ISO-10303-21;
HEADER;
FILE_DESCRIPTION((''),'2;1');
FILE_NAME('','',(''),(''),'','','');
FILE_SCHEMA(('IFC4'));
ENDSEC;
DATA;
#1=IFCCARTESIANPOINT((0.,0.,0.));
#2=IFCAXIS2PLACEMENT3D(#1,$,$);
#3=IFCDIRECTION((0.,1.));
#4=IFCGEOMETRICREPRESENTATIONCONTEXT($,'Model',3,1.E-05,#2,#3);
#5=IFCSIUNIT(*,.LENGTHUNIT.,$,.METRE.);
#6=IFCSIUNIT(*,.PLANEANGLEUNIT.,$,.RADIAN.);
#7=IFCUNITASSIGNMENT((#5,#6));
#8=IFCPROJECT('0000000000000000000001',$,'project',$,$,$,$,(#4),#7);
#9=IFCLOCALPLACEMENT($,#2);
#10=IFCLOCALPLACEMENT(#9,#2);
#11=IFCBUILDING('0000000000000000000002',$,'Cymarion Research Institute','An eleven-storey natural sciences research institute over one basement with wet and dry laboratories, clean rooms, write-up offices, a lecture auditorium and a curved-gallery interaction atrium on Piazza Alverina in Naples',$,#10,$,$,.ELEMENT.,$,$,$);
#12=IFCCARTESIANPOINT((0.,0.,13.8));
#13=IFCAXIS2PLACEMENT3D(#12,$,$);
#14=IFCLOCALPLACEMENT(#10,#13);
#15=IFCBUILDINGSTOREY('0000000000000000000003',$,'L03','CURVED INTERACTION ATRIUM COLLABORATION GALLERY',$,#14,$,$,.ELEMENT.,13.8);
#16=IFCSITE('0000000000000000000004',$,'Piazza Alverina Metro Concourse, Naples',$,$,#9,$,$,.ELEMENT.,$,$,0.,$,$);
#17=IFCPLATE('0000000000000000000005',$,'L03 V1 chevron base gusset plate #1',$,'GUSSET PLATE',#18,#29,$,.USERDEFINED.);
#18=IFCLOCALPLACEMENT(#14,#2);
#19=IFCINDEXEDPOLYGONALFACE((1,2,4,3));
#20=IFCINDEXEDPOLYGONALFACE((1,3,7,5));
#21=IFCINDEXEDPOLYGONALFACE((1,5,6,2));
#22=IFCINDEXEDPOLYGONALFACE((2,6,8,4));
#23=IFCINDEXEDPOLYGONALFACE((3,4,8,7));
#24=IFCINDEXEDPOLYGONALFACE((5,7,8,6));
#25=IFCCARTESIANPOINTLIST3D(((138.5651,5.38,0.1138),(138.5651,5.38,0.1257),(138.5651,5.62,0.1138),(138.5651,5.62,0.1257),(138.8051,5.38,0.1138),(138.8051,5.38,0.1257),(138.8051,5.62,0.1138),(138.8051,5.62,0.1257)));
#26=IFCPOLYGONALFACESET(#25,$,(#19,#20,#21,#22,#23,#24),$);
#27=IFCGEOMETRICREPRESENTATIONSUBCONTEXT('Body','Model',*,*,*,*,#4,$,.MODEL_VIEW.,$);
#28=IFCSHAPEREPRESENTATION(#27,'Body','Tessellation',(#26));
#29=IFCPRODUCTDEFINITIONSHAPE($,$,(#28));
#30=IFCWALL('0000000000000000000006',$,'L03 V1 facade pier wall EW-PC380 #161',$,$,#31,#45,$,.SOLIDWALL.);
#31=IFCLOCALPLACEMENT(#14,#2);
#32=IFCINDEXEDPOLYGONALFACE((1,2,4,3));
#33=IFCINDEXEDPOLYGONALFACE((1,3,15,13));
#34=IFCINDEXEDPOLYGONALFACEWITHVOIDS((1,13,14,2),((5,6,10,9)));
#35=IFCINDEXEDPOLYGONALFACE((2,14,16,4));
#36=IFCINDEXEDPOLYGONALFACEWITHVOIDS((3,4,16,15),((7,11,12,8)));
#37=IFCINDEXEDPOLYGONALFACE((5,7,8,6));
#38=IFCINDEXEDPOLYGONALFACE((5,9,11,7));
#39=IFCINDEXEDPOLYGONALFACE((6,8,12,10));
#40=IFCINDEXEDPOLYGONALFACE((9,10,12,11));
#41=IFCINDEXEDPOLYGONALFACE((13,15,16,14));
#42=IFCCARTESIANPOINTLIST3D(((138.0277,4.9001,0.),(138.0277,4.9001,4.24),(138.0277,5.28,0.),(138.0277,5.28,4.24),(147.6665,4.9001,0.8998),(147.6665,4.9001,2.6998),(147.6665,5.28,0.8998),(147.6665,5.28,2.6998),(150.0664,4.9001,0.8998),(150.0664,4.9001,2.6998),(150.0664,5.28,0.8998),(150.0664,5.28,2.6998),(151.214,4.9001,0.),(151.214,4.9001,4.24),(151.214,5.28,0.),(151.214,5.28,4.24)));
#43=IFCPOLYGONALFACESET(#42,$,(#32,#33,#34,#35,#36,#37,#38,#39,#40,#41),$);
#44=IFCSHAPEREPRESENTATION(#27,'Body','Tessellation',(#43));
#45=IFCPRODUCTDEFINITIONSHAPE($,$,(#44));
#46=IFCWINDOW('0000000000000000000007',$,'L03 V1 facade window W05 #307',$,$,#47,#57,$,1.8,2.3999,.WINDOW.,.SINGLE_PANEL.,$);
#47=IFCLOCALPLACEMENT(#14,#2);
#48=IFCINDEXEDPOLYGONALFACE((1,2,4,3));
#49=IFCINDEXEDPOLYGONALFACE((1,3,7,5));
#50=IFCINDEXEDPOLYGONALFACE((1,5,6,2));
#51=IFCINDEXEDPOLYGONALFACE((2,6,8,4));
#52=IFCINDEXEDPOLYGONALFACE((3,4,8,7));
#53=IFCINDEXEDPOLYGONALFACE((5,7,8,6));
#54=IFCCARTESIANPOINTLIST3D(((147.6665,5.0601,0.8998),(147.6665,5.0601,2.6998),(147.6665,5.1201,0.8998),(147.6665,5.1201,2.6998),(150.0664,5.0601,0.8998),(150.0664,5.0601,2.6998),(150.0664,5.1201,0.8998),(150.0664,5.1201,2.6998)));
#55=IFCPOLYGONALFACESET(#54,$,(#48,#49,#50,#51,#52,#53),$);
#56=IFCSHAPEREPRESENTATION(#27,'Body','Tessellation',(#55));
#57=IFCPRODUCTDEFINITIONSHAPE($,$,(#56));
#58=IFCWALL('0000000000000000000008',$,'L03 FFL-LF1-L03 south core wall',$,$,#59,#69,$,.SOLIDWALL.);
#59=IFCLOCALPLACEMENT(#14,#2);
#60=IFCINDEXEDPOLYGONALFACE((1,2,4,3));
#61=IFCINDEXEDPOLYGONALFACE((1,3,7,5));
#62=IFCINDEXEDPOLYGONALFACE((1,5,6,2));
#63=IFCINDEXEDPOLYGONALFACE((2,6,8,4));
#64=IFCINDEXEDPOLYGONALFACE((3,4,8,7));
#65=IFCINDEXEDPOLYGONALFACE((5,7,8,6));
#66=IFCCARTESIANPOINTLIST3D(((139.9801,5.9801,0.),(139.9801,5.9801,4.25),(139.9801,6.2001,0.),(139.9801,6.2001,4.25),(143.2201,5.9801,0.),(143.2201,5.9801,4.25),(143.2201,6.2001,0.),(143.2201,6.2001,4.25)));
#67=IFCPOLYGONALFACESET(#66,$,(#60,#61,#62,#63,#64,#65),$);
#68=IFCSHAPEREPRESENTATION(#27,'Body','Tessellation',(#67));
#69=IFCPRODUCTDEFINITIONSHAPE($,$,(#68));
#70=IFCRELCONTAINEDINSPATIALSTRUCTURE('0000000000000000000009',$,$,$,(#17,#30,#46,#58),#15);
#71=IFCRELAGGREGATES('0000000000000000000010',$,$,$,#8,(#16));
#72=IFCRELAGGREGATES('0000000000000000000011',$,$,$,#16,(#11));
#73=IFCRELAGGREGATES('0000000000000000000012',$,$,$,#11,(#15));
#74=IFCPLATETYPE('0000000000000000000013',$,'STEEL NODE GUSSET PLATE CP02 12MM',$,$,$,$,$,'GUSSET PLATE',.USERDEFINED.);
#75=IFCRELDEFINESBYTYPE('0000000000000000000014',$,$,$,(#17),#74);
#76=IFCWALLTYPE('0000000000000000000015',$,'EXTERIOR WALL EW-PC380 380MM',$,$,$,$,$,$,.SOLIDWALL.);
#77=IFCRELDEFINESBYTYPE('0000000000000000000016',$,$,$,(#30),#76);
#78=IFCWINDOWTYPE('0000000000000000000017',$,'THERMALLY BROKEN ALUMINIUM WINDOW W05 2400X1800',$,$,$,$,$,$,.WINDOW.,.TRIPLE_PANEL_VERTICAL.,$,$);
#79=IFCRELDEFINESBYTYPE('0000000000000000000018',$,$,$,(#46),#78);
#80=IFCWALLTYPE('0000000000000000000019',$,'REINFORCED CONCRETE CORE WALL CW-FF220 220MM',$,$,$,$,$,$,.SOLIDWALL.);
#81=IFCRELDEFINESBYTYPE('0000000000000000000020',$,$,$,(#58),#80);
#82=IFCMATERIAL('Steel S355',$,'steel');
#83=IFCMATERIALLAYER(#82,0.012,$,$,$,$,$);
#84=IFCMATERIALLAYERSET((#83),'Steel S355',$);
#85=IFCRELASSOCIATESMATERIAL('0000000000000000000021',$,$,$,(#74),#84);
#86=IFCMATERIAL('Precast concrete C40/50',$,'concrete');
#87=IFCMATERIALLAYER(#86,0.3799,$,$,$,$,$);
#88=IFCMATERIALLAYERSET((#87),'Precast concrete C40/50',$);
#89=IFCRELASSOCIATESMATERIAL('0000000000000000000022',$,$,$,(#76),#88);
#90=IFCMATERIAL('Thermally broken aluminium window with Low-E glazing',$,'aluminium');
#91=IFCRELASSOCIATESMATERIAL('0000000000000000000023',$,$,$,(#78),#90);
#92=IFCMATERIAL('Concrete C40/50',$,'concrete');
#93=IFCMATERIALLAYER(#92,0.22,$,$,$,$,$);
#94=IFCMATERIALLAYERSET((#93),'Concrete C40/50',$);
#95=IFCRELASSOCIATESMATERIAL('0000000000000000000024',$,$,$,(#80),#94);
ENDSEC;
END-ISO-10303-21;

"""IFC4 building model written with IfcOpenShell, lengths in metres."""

from ifc_helpers import new_model, si_unit, direction, frame, frame_2d, origin, origin_2d, place, context, subcontext, project, spatial, rectangle, extrude, material, layer, layer_set, type_object, element, fill, save


model = new_model("IFC4")

# Units and contexts
model_context = context("Model", 3, precision=1e-05, world=origin(), true_north=direction((0.0, 1.0)))
body_context = subcontext(model_context, "Body", "Model", "MODEL_VIEW")
ifc_project = project(units=[si_unit("LENGTHUNIT", "METRE"), si_unit("PLANEANGLEUNIT", "RADIAN")], contexts=[model_context])

# Site, building, storey
site_placement = place(None, origin())
site = spatial("IfcSite", under=ifc_project, at=site_placement, Name="Piazza Alverina Metro Concourse, Naples", CompositionType="ELEMENT", RefElevation=0.0)
building_placement = place(site_placement, origin())
building = spatial("IfcBuilding", under=site, at=building_placement, Name="Cymarion Research Institute", Description="An eleven-storey natural sciences research institute over one basement with wet and dry laboratories, clean rooms, write-up offices, a lecture auditorium and a curved-gallery interaction atrium on Piazza Alverina in Naples", CompositionType="ELEMENT")
storey_placement = place(building_placement, frame((0.0, 0.0, 13.8)))
storey = spatial("IfcBuildingStorey", under=building, at=storey_placement, Name="L03", Description="CURVED INTERACTION ATRIUM COLLABORATION GALLERY", CompositionType="ELEMENT", Elevation=13.8)

# Shared definitions
ifc_material_1 = material(Name="Steel S355", Category="steel")

# Plate
ifc_layer_1 = layer(ifc_material_1, 0.012)
ifc_layer_set_1 = layer_set([ifc_layer_1], Name="Steel S355")
plate_type_1 = type_object("IfcPlateType", Name="STEEL NODE GUSSET PLATE CP02 12MM", ElementType="GUSSET PLATE", PredefinedType="USERDEFINED", material=ifc_layer_set_1)
plate_1_placement = place(storey_placement, frame((138.6851, 5.5, 0.1138), z_axis=(0.0, 0.0, 1.0), x_axis=(1.0, 0.0, 0.0)))
element("IfcPlate", 1, at=plate_1_placement, inside=storey, type_object=plate_type_1, Name="L03 V1 chevron base gusset plate #1", ObjectType="GUSSET PLATE", PredefinedType="USERDEFINED", context=body_context, shape_type="SweptSolid", body=[
    extrude(rectangle(XDim=0.24, YDim=0.24, at=origin_2d()), origin(), (0.0, 0.0, 1.0), 0.012),
])

# Wall, opening, window
ifc_material_2 = material(Name="Precast concrete C40/50", Category="concrete")
ifc_layer_2 = layer(ifc_material_2, 0.3799)
ifc_layer_set_2 = layer_set([ifc_layer_2], Name="Precast concrete C40/50")
wall_type_1 = type_object("IfcWallType", Name="EXTERIOR WALL EW-PC380 380MM", PredefinedType="SOLIDWALL", material=ifc_layer_set_2)
wall_1_placement = place(storey_placement, frame((138.0276, 5.0901, 0.0), z_axis=(0.0, 0.0, 1.0), x_axis=(1.0, 0.0, 0.0)))
wall_1 = element("IfcWall", 2, at=wall_1_placement, inside=storey, type_object=wall_type_1, Name="L03 V1 facade pier wall EW-PC380 #161", PredefinedType="SOLIDWALL", context=body_context, shape_type="SweptSolid", body=[
    extrude(rectangle(XDim=13.1863, YDim=0.3799, at=frame_2d((6.5933, 0.0))), origin(), (0.0, 0.0, 1.0), 4.24),
])
opening_placement = place(wall_1_placement, frame((9.6389, 0.0, 0.8999)))
opening = element("IfcOpeningElement", 3, at=opening_placement, cuts=wall_1, PredefinedType="OPENING", context=body_context, shape_type="SweptSolid", body=[
    extrude(rectangle(XDim=2.3999, YDim=1.8, at=frame_2d((1.2, 0.8999))), frame((0.0, 0.2, 0.0), z_axis=(0.0, -1.0, 0.0), x_axis=(1.0, 0.0, 0.0)), (0.0, 0.0, 1.0), 0.3999),
])
ifc_material_3 = material(Name="Thermally broken aluminium window with Low-E glazing", Category="aluminium")
window_type = type_object("IfcWindowType", Name="THERMALLY BROKEN ALUMINIUM WINDOW W05 2400X1800", PartitioningType="TRIPLE_PANEL_VERTICAL", PredefinedType="WINDOW", material=ifc_material_3)
window_placement = place(opening_placement, origin())
window = element("IfcWindow", 4, at=window_placement, inside=storey, type_object=window_type, Name="L03 V1 facade window W05 #307", OverallHeight=1.8, OverallWidth=2.3999, PartitioningType="SINGLE_PANEL", PredefinedType="WINDOW", context=body_context, shape_type="SweptSolid", body=[
    extrude(rectangle(XDim=2.3999, YDim=1.8, at=frame_2d((1.2, 0.8999))), frame((0.0, 0.03, 0.0), z_axis=(0.0, -1.0, 0.0), x_axis=(1.0, 0.0, 0.0)), (0.0, 0.0, 1.0), 0.0601),
])
fill(opening, window)

# Wall
ifc_material_4 = material(Name="Concrete C40/50", Category="concrete")
ifc_layer_3 = layer(ifc_material_4, 0.22)
ifc_layer_set_3 = layer_set([ifc_layer_3], Name="Concrete C40/50")
wall_type_2 = type_object("IfcWallType", Name="REINFORCED CONCRETE CORE WALL CW-FF220 220MM", PredefinedType="SOLIDWALL", material=ifc_layer_set_3)
wall_2_placement = place(storey_placement, frame((139.98, 6.0901, 0.0), z_axis=(0.0, 0.0, 1.0), x_axis=(1.0, 0.0, 0.0)))
element("IfcWall", 5, at=wall_2_placement, inside=storey, type_object=wall_type_2, Name="L03 FFL-LF1-L03 south core wall", PredefinedType="SOLIDWALL", context=body_context, shape_type="SweptSolid", body=[
    extrude(rectangle(XDim=3.24, YDim=0.22, at=frame_2d((1.6201, 0.0))), origin(), (0.0, 0.0, 1.0), 4.25),
])

save(model, "model.ifc")
